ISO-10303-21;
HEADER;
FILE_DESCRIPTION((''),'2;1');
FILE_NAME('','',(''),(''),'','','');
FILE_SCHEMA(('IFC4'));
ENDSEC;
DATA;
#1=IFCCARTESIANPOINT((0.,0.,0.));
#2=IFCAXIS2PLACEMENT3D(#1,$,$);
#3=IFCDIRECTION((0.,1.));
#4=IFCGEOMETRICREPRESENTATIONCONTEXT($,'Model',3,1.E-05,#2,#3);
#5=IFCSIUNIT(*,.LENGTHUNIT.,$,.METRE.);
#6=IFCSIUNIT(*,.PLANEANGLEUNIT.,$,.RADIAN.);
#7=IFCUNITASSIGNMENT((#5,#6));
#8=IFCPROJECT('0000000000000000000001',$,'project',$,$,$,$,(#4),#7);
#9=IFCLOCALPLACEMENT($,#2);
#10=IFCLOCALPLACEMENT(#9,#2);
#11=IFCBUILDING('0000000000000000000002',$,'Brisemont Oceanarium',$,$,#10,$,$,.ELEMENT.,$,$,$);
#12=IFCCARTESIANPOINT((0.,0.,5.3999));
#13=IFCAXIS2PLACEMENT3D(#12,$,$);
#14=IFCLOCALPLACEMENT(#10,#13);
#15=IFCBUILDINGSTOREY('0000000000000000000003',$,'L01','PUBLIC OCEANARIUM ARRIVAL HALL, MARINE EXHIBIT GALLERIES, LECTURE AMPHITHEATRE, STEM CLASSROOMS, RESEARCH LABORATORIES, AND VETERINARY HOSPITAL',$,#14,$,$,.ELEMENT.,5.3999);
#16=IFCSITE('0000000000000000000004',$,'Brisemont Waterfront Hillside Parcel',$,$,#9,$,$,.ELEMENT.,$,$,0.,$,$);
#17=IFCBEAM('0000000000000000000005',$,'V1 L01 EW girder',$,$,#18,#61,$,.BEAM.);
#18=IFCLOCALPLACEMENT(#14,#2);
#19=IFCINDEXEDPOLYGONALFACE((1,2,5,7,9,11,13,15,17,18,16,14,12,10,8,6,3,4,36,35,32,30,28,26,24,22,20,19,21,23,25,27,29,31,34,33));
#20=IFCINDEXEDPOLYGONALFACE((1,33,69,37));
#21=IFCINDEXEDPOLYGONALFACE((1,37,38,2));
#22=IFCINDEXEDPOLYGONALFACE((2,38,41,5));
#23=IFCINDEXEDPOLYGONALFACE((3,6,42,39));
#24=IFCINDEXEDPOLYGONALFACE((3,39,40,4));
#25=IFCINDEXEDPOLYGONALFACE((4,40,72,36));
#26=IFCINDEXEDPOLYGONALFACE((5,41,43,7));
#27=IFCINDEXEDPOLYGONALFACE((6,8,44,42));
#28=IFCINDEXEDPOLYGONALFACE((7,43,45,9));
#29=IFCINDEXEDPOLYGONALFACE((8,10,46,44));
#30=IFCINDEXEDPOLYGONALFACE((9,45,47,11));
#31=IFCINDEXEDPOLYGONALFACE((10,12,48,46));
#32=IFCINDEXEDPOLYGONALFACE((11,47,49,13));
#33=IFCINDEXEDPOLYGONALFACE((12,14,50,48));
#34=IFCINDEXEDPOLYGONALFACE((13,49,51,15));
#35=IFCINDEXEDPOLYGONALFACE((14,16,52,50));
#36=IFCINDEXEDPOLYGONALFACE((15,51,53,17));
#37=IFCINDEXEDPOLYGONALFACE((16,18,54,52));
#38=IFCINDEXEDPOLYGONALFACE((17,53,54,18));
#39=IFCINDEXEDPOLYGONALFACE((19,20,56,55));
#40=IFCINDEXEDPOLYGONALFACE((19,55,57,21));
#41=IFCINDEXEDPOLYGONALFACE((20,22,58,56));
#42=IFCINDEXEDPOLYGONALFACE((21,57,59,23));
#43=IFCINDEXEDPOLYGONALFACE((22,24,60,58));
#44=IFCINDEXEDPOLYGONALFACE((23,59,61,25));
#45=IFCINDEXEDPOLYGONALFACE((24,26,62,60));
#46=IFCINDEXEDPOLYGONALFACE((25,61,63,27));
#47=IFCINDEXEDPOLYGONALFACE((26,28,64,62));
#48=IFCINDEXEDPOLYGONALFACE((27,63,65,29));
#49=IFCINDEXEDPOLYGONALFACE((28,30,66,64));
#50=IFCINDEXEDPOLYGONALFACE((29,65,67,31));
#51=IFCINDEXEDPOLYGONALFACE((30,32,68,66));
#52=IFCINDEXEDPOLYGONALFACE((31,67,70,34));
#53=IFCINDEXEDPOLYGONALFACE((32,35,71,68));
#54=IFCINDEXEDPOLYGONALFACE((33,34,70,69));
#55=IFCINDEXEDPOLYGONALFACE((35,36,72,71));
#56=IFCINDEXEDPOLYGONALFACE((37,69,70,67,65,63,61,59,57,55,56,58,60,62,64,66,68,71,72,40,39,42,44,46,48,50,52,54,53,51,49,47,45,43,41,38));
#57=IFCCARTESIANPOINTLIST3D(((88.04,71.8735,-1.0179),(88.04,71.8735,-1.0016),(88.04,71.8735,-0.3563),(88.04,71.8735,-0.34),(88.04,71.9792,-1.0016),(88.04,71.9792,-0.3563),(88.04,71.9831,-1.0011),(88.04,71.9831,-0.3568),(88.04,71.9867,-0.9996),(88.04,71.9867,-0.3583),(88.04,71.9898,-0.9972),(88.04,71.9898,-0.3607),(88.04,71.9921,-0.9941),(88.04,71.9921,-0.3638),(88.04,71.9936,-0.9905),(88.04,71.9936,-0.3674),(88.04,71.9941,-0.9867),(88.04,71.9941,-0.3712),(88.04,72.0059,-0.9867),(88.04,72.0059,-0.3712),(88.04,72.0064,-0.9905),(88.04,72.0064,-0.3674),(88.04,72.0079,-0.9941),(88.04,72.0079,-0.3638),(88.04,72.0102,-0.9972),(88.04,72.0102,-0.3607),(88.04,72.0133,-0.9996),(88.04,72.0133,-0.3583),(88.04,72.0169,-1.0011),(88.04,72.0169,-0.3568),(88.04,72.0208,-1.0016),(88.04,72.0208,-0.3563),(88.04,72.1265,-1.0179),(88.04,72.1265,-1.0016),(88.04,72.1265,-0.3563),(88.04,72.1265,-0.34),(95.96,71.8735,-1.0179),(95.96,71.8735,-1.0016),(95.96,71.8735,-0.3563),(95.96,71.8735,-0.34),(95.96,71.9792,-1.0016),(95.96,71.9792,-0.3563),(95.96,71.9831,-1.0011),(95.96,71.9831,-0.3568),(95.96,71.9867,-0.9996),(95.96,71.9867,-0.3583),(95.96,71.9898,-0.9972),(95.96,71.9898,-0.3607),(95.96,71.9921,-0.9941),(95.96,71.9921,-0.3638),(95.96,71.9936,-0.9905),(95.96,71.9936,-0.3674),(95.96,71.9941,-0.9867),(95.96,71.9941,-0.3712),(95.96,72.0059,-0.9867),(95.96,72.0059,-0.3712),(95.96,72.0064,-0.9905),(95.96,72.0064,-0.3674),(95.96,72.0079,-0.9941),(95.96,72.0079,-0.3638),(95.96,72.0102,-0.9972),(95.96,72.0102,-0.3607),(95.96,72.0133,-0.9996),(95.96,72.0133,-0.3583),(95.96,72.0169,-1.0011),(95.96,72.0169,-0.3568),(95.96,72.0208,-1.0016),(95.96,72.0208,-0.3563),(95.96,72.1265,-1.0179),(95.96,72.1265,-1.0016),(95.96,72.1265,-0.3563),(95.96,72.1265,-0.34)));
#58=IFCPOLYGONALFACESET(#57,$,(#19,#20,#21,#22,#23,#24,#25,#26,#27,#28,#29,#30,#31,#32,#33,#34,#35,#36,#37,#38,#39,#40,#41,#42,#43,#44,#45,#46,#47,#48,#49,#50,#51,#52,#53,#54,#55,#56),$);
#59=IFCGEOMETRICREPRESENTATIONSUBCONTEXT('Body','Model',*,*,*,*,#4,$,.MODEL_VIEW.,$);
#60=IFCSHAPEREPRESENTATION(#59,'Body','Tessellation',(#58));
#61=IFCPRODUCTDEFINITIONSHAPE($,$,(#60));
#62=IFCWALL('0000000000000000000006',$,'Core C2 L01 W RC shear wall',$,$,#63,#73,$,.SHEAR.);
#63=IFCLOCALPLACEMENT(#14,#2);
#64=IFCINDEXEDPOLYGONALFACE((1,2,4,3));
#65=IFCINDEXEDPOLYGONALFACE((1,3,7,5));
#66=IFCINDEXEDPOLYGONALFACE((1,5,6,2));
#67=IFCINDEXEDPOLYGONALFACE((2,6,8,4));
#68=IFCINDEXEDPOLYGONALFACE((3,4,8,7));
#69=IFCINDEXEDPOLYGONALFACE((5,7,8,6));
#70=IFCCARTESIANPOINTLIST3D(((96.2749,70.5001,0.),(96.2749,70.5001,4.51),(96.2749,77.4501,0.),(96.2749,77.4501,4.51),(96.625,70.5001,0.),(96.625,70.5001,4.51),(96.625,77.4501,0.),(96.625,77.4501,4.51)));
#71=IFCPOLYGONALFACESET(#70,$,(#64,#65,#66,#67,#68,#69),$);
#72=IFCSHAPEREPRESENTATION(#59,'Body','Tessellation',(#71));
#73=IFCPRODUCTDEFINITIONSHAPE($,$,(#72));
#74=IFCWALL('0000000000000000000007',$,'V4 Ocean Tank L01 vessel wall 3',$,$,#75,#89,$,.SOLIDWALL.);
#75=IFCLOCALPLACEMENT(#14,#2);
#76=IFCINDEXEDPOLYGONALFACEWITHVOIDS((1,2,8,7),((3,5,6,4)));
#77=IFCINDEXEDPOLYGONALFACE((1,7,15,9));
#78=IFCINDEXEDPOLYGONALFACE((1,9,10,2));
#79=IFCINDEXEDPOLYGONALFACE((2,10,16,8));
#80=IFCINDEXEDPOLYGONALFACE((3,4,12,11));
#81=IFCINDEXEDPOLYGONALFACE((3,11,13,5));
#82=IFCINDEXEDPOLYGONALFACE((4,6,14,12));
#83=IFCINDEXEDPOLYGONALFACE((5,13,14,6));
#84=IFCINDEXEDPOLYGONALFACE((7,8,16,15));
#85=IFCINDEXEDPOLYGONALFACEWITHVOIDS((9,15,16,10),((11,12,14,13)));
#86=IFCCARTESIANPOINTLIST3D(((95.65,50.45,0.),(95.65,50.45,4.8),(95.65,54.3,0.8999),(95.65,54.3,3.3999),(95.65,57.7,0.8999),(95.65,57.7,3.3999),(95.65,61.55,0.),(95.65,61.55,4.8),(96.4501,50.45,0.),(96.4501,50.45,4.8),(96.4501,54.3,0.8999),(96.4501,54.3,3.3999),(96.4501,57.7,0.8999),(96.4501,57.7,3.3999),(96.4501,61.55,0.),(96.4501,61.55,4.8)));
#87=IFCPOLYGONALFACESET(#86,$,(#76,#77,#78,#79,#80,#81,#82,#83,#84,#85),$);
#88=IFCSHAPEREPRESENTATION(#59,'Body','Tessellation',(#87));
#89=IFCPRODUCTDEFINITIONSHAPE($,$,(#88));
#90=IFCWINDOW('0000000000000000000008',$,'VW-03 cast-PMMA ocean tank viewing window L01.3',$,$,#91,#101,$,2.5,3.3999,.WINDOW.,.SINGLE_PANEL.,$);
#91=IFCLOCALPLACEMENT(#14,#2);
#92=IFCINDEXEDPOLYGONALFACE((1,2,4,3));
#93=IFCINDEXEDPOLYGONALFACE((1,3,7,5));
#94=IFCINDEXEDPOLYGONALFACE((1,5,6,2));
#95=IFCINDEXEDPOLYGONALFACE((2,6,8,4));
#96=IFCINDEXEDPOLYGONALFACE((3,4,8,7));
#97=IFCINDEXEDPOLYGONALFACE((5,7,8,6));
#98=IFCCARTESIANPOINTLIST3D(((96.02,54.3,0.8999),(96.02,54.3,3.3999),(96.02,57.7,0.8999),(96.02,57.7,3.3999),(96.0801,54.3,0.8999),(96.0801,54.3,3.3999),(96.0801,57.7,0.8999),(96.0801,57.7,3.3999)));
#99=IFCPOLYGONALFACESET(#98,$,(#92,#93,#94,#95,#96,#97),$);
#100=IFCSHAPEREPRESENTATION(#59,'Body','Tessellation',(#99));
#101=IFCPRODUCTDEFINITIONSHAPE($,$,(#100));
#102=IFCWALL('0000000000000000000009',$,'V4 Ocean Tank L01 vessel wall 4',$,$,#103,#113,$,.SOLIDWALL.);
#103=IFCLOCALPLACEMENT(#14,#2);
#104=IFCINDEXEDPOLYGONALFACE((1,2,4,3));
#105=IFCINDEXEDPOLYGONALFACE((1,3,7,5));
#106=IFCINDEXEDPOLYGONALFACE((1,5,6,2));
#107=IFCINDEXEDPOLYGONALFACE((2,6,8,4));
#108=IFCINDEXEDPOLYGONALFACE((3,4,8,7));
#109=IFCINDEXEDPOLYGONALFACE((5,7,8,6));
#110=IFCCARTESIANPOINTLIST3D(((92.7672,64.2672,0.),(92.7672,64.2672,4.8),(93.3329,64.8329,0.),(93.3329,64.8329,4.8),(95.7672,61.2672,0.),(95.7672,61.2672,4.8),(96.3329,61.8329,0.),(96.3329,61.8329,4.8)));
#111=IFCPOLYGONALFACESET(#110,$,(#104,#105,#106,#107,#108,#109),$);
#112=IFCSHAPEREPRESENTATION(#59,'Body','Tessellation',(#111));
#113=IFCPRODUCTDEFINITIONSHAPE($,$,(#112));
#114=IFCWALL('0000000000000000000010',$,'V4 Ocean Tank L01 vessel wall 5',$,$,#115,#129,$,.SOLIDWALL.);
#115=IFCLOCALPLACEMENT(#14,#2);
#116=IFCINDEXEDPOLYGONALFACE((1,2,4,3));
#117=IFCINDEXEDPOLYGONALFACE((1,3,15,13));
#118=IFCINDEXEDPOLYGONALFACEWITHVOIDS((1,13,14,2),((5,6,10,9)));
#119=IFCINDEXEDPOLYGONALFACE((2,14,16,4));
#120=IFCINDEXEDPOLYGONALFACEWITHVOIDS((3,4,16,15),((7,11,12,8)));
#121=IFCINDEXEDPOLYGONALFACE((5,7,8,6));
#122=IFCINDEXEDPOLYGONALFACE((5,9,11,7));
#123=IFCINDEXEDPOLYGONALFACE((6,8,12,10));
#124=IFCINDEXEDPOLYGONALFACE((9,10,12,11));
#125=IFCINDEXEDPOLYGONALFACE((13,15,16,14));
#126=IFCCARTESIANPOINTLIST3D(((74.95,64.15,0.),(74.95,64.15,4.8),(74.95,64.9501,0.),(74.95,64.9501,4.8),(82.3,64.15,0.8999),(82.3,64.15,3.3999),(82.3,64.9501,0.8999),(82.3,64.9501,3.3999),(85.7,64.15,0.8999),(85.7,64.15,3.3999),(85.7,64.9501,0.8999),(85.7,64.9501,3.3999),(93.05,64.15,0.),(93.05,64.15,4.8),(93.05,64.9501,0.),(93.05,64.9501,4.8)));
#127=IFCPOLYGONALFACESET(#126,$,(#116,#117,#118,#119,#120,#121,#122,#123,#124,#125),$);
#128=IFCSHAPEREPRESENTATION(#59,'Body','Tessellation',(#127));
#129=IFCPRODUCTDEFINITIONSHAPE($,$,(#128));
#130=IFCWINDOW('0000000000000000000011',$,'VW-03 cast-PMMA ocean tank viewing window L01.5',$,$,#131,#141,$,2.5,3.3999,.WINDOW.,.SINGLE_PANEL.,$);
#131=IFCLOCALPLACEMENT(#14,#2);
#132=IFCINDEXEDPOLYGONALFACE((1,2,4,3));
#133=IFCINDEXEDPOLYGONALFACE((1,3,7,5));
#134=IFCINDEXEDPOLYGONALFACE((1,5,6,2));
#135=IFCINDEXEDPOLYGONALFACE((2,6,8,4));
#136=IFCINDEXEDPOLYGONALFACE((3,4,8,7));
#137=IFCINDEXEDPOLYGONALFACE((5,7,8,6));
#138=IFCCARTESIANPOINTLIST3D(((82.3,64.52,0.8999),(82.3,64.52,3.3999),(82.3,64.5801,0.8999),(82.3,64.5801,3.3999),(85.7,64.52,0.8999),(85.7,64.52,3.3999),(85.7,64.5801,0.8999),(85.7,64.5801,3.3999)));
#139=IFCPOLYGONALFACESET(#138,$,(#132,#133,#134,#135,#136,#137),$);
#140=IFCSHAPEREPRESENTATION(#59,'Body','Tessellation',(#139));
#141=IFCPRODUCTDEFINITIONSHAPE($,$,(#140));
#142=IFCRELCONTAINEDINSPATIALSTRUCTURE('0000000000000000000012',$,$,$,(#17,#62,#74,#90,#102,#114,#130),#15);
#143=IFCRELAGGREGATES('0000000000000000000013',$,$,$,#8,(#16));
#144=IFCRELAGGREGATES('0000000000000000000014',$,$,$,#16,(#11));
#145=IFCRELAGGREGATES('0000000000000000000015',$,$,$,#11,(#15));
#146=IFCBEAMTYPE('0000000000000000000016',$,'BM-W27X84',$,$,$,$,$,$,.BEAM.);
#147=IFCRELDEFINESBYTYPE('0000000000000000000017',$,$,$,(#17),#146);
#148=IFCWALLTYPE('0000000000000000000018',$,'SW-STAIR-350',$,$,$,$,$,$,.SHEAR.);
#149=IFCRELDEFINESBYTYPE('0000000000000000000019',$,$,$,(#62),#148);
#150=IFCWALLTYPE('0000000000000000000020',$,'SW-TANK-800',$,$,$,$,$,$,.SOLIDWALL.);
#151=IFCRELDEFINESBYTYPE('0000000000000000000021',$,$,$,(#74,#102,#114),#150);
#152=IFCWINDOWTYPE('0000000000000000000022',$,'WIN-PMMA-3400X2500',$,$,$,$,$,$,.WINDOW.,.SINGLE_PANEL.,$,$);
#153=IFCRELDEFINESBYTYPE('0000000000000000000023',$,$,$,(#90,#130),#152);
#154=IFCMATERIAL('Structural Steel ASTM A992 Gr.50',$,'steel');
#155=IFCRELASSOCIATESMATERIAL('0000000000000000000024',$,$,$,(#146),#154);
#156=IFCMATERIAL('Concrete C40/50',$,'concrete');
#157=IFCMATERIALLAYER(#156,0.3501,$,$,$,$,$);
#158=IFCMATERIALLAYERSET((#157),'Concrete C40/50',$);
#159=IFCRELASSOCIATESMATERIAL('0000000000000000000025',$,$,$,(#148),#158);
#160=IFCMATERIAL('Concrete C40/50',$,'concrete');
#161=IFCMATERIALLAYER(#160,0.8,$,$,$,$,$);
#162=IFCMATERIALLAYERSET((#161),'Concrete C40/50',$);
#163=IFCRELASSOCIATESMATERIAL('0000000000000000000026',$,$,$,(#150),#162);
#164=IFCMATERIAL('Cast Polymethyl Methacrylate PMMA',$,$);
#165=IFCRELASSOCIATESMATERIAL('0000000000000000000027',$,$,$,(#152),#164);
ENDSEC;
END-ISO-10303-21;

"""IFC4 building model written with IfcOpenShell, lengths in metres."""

from ifc_helpers import new_model, si_unit, direction, frame, frame_2d, origin, origin_2d, place, context, subcontext, project, spatial, rectangle, i_section, extrude, material, layer, layer_set, material_profile, profile_set, type_object, element, fill, save


model = new_model("IFC4")

# Units and contexts
model_context = context("Model", 3, precision=1e-05, world=origin(), true_north=direction((0.0, 1.0)))
body_context = subcontext(model_context, "Body", "Model", "MODEL_VIEW")
ifc_project = project(units=[si_unit("LENGTHUNIT", "METRE"), si_unit("PLANEANGLEUNIT", "RADIAN")], contexts=[model_context])

# Site, building, storey
site_placement = place(None, origin())
site = spatial("IfcSite", under=ifc_project, at=site_placement, Name="Brisemont Waterfront Hillside Parcel", CompositionType="ELEMENT", RefElevation=0.0)
building_placement = place(site_placement, origin())
building = spatial("IfcBuilding", under=site, at=building_placement, Name="Brisemont Oceanarium", CompositionType="ELEMENT")
storey_placement = place(building_placement, frame((0.0, 0.0, 5.3999)))
storey = spatial("IfcBuildingStorey", under=building, at=storey_placement, Name="L01", Description="PUBLIC OCEANARIUM ARRIVAL HALL, MARINE EXHIBIT GALLERIES, LECTURE AMPHITHEATRE, STEM CLASSROOMS, RESEARCH LABORATORIES, AND VETERINARY HOSPITAL", CompositionType="ELEMENT", Elevation=5.3999)

# Beam
ifc_material_1 = material(Name="Structural Steel ASTM A992 Gr.50", Category="steel")
ifc_material_profile_1 = material_profile(ifc_material_1, i_section(OverallWidth=0.2529, OverallDepth=0.678, WebThickness=0.0117, FlangeThickness=0.0164, FilletRadius=0.0149, at=origin_2d()), Name="W27X84")
ifc_profile_set_1 = profile_set([ifc_material_profile_1], Name="Structural Steel ASTM A992 Gr.50")
beam_type_1 = type_object("IfcBeamType", Name="BM-W27X84", PredefinedType="BEAM", material=ifc_profile_set_1)
beam_1_placement = place(storey_placement, frame((88.04, 72.0, -0.679), z_axis=(1.0, 0.0, 0.0), x_axis=(0.0, 1.0, 0.0)))
element("IfcBeam", 1, at=beam_1_placement, inside=storey, type_object=beam_type_1, Name="V1 L01 EW girder", PredefinedType="BEAM", context=body_context, shape_type="SweptSolid", body=[
    extrude(i_section(OverallWidth=0.2529, OverallDepth=0.678, WebThickness=0.0117, FlangeThickness=0.0164, FilletRadius=0.0149, at=origin_2d()), origin(), (0.0, 0.0, 1.0), 7.9199),
])

# Shared definitions
ifc_material_2 = material(Name="Concrete C40/50", Category="concrete")
ifc_layer_1 = layer(ifc_material_2, 0.3501)
ifc_layer_set_1 = layer_set([ifc_layer_1], Name="Concrete C40/50")
wall_type_1 = type_object("IfcWallType", Name="SW-STAIR-350", PredefinedType="SHEAR", material=ifc_layer_set_1)

# Wall
wall_1_placement = place(storey_placement, frame((96.45, 70.5, 0.0), z_axis=(0.0, 0.0, 1.0), x_axis=(0.0, 1.0, 0.0)))
element("IfcWall", 2, at=wall_1_placement, inside=storey, type_object=wall_type_1, Name="Core C2 L01 W RC shear wall", PredefinedType="SHEAR", context=body_context, shape_type="SweptSolid", body=[
    extrude(rectangle(XDim=6.95, YDim=0.3501, at=frame_2d((3.4751, 0.0))), origin(), (0.0, 0.0, 1.0), 4.51),
])

# Wall, opening, window
ifc_material_3 = material(Name="Concrete C40/50", Category="concrete")
ifc_layer_2 = layer(ifc_material_3, 0.8)
ifc_layer_set_2 = layer_set([ifc_layer_2], Name="Concrete C40/50")
wall_type_2 = type_object("IfcWallType", Name="SW-TANK-800", PredefinedType="SOLIDWALL", material=ifc_layer_set_2)
wall_2_placement = place(storey_placement, frame((96.05, 50.45, 0.0), z_axis=(0.0, 0.0, 1.0), x_axis=(0.0, 1.0, 0.0)))
wall_2 = element("IfcWall", 3, at=wall_2_placement, inside=storey, type_object=wall_type_2, Name="V4 Ocean Tank L01 vessel wall 3", PredefinedType="SOLIDWALL", context=body_context, shape_type="SweptSolid", body=[
    extrude(rectangle(XDim=11.1001, YDim=0.8, at=frame_2d((5.55, 0.0))), origin(), (0.0, 0.0, 1.0), 4.8),
])
opening_1_placement = place(wall_2_placement, frame((3.8501, 0.0, 0.8999)))
opening_1 = element("IfcOpeningElement", 4, at=opening_1_placement, cuts=wall_2, PredefinedType="OPENING", context=body_context, shape_type="SweptSolid", body=[
    extrude(rectangle(XDim=3.3999, YDim=2.5, at=frame_2d((1.7, 1.25))), frame((0.0, 0.4099, 0.0), z_axis=(0.0, -1.0, 0.0), x_axis=(1.0, 0.0, 0.0)), (0.0, 0.0, 1.0), 0.8201),
])
ifc_material_4 = material(Name="Cast Polymethyl Methacrylate PMMA")
window_type = type_object("IfcWindowType", Name="WIN-PMMA-3400X2500", PartitioningType="SINGLE_PANEL", PredefinedType="WINDOW", material=ifc_material_4)
window_1_placement = place(opening_1_placement, origin())
window_1 = element("IfcWindow", 5, at=window_1_placement, inside=storey, type_object=window_type, Name="VW-03 cast-PMMA ocean tank viewing window L01.3", OverallHeight=2.5, OverallWidth=3.3999, PartitioningType="SINGLE_PANEL", PredefinedType="WINDOW", context=body_context, shape_type="SweptSolid", body=[
    extrude(rectangle(XDim=3.3999, YDim=2.5, at=frame_2d((1.7, 1.25))), frame((0.0, 0.03, 0.0), z_axis=(0.0, -1.0, 0.0), x_axis=(1.0, 0.0, 0.0)), (0.0, 0.0, 1.0), 0.0601),
])
fill(opening_1, window_1)

# Wall
wall_3_placement = place(storey_placement, frame((96.05, 61.55, 0.0), z_axis=(0.0, 0.0, 1.0), x_axis=(-0.707107, 0.707107, 0.0)))
element("IfcWall", 6, at=wall_3_placement, inside=storey, type_object=wall_type_2, Name="V4 Ocean Tank L01 vessel wall 4", PredefinedType="SOLIDWALL", context=body_context, shape_type="SweptSolid", body=[
    extrude(rectangle(XDim=4.2427, YDim=0.8, at=frame_2d((2.1213, 0.0))), origin(), (0.0, 0.0, 1.0), 4.8),
])

# Wall, opening, window
wall_4_placement = place(storey_placement, frame((93.05, 64.55, 0.0), z_axis=(0.0, 0.0, 1.0), x_axis=(-1.0, 0.0, 0.0)))
wall_4 = element("IfcWall", 7, at=wall_4_placement, inside=storey, type_object=wall_type_2, Name="V4 Ocean Tank L01 vessel wall 5", PredefinedType="SOLIDWALL", context=body_context, shape_type="SweptSolid", body=[
    extrude(rectangle(XDim=18.1001, YDim=0.8, at=frame_2d((9.05, 0.0))), origin(), (0.0, 0.0, 1.0), 4.8),
])
opening_2_placement = place(wall_4_placement, frame((7.3501, 0.0, 0.8999)))
opening_2 = element("IfcOpeningElement", 8, at=opening_2_placement, cuts=wall_4, PredefinedType="OPENING", context=body_context, shape_type="SweptSolid", body=[
    extrude(rectangle(XDim=3.3999, YDim=2.5, at=frame_2d((1.7, 1.25))), frame((0.0, 0.4099, 0.0), z_axis=(0.0, -1.0, 0.0), x_axis=(1.0, 0.0, 0.0)), (0.0, 0.0, 1.0), 0.8201),
])
window_2_placement = place(opening_2_placement, origin())
window_2 = element("IfcWindow", 9, at=window_2_placement, inside=storey, type_object=window_type, Name="VW-03 cast-PMMA ocean tank viewing window L01.5", OverallHeight=2.5, OverallWidth=3.3999, PartitioningType="SINGLE_PANEL", PredefinedType="WINDOW", context=body_context, shape_type="SweptSolid", body=[
    extrude(rectangle(XDim=3.3999, YDim=2.5, at=frame_2d((1.7, 1.25))), frame((0.0, 0.03, 0.0), z_axis=(0.0, -1.0, 0.0), x_axis=(1.0, 0.0, 0.0)), (0.0, 0.0, 1.0), 0.0601),
])
fill(opening_2, window_2)

save(model, "model.ifc")
